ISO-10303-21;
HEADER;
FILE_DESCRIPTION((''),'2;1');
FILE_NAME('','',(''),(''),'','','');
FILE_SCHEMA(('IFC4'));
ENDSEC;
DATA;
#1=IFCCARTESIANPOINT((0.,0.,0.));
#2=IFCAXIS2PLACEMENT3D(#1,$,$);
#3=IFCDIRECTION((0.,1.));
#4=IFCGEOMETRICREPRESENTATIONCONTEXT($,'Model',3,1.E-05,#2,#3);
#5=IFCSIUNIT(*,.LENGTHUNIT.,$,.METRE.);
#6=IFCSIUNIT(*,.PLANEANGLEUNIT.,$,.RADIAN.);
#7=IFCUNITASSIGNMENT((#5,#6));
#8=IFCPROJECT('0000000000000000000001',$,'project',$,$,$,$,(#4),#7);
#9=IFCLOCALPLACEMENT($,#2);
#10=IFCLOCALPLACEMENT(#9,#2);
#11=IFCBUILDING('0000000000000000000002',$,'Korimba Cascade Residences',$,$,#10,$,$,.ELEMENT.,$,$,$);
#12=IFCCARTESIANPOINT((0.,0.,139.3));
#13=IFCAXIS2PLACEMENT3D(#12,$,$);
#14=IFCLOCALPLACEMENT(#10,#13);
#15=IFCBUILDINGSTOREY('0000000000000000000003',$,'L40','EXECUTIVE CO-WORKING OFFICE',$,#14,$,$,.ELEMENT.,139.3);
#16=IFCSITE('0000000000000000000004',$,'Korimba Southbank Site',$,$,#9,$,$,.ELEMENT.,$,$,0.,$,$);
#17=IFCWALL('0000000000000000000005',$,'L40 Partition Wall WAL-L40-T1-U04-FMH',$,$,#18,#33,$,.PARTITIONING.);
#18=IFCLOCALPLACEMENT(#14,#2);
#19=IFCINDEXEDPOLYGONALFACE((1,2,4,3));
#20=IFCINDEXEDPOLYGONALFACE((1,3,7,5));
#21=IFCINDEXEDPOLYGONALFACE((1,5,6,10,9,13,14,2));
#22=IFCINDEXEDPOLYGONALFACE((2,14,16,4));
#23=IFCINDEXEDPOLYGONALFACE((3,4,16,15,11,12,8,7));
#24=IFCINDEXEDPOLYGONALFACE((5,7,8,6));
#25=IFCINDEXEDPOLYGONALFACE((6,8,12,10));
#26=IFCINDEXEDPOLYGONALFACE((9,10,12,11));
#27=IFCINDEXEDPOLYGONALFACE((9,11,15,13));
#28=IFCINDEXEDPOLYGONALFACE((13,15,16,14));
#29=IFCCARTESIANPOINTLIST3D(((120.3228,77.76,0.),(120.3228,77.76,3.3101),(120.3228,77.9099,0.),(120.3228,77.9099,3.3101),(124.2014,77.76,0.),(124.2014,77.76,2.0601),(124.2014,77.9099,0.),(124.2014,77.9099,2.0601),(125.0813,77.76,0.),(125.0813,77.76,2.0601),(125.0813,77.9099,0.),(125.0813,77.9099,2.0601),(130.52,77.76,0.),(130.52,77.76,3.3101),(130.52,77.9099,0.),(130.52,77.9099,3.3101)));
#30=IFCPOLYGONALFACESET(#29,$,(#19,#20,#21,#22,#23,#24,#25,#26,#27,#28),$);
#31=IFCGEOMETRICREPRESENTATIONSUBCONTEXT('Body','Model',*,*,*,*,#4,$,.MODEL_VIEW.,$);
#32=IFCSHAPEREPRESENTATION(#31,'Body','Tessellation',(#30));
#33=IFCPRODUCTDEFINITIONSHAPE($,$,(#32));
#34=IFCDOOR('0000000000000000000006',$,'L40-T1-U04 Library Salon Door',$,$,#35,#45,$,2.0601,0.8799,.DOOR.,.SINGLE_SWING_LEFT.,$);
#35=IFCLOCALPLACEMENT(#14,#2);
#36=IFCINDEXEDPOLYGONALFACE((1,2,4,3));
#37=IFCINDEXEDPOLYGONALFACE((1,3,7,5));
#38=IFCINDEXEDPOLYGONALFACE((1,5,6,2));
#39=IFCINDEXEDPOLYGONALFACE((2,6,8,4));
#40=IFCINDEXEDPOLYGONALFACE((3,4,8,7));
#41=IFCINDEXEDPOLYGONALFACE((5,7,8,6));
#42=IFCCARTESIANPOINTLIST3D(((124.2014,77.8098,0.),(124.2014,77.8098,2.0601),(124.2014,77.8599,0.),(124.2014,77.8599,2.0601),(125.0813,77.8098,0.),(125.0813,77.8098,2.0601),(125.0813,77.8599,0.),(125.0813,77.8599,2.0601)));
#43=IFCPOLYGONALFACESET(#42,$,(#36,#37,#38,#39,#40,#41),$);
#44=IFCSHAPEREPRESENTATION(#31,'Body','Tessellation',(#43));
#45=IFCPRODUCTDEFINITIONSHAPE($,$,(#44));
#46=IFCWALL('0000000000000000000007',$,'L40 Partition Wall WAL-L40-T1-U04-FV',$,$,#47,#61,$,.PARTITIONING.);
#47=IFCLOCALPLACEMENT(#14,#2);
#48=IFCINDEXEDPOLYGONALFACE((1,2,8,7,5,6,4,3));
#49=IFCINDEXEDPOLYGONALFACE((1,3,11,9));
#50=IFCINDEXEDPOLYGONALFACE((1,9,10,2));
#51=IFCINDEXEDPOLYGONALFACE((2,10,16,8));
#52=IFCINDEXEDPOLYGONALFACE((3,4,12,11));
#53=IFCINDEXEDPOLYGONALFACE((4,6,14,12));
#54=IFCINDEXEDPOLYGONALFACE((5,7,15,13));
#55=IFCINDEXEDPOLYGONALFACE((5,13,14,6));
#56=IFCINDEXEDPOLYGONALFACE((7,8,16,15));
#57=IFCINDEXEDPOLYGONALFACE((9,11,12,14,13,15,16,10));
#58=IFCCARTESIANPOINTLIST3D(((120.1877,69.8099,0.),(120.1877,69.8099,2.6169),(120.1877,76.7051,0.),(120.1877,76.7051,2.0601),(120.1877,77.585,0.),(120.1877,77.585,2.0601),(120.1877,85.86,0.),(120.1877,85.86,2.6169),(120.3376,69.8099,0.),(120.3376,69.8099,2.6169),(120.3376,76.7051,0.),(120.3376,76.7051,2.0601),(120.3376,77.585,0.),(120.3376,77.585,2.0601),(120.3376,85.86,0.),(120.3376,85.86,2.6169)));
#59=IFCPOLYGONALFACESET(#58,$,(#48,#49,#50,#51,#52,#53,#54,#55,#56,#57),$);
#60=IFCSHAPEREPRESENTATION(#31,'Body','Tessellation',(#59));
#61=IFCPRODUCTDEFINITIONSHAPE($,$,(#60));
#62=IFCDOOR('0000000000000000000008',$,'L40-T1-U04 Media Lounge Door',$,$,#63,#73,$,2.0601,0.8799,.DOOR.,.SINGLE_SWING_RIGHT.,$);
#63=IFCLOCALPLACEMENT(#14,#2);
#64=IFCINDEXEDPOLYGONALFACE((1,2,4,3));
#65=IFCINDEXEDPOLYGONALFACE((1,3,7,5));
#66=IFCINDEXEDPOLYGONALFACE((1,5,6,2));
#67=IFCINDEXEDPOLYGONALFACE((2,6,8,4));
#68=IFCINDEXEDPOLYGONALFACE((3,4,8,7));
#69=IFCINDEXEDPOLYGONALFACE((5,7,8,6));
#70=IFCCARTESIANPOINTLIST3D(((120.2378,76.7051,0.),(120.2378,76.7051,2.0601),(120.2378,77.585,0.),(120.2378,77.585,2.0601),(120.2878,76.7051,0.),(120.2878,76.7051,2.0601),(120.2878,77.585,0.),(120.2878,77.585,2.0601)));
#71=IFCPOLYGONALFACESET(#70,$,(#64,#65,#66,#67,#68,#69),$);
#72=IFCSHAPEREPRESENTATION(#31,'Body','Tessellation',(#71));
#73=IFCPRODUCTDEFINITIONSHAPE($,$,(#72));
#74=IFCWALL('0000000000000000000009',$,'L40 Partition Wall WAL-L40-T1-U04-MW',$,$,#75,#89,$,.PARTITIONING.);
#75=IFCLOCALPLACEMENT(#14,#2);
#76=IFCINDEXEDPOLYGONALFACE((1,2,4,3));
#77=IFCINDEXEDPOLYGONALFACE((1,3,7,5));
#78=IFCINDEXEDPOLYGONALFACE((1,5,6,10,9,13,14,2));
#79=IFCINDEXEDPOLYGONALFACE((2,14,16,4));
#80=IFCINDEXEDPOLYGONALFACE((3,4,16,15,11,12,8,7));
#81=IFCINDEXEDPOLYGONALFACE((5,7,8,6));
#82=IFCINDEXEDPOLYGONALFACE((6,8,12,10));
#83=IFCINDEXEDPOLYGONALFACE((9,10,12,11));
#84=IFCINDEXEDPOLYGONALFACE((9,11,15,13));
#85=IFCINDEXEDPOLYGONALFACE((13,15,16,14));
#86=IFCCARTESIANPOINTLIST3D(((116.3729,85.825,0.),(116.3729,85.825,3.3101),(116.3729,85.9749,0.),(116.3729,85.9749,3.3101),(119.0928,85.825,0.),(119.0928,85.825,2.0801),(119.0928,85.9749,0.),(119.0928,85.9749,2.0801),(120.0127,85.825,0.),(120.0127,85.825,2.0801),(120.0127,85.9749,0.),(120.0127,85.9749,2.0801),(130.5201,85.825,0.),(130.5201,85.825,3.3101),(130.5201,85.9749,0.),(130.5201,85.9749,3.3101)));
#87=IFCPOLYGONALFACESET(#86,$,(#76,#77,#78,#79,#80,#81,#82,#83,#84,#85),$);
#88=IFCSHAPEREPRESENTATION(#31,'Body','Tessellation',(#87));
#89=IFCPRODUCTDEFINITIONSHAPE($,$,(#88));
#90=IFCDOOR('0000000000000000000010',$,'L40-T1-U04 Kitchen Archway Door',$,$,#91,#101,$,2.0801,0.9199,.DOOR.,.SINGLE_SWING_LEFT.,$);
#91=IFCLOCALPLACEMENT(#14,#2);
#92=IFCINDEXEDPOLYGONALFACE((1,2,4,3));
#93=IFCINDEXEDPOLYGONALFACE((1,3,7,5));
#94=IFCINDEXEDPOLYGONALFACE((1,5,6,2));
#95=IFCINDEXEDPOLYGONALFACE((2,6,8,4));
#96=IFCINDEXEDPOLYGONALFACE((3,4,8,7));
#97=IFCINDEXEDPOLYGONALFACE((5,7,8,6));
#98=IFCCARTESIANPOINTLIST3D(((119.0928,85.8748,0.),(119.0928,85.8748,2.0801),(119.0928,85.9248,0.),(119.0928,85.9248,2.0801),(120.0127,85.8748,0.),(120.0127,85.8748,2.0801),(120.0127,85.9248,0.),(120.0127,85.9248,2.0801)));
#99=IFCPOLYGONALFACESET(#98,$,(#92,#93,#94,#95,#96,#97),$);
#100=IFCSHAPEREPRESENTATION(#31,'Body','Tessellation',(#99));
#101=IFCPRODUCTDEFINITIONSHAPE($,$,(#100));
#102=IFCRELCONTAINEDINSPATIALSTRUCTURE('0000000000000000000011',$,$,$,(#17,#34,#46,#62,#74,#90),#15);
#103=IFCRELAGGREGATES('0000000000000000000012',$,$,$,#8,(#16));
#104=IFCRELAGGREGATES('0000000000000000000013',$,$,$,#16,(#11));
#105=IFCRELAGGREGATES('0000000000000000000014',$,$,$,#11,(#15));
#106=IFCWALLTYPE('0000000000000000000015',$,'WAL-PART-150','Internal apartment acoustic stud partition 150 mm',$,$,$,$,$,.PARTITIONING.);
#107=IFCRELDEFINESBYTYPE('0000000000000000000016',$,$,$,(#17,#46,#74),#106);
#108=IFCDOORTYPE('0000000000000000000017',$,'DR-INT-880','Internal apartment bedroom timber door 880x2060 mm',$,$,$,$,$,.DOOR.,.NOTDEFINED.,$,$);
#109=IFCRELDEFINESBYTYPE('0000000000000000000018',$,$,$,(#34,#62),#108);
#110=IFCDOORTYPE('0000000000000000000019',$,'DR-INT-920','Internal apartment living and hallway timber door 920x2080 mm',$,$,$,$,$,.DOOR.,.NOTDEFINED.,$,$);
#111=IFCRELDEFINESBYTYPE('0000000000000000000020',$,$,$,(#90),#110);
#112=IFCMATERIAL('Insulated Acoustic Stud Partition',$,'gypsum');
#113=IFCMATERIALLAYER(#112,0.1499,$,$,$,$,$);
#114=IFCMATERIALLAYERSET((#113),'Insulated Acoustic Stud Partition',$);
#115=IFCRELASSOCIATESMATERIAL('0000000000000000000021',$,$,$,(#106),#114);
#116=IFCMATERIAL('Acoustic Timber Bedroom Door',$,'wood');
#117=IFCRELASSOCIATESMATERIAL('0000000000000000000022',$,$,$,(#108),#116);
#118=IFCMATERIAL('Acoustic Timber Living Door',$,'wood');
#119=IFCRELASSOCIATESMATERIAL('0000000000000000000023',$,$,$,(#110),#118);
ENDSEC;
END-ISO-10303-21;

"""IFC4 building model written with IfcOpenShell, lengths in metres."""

from ifc_helpers import new_model, si_unit, direction, frame, frame_2d, origin, place, context, subcontext, project, spatial, rectangle, extrude, material, layer, layer_set, type_object, element, fill, save


model = new_model("IFC4")

# Units and contexts
model_context = context("Model", 3, precision=1e-05, world=origin(), true_north=direction((0.0, 1.0)))
body_context = subcontext(model_context, "Body", "Model", "MODEL_VIEW")
ifc_project = project(units=[si_unit("LENGTHUNIT", "METRE"), si_unit("PLANEANGLEUNIT", "RADIAN")], contexts=[model_context])

# Site, building, storey
site_placement = place(None, origin())
site = spatial("IfcSite", under=ifc_project, at=site_placement, Name="Korimba Southbank Site", CompositionType="ELEMENT", RefElevation=0.0)
building_placement = place(site_placement, origin())
building = spatial("IfcBuilding", under=site, at=building_placement, Name="Korimba Cascade Residences", CompositionType="ELEMENT")
storey_placement = place(building_placement, frame((0.0, 0.0, 139.3)))
storey = spatial("IfcBuildingStorey", under=building, at=storey_placement, Name="L40", Description="EXECUTIVE CO-WORKING OFFICE", CompositionType="ELEMENT", Elevation=139.3)

# Shared definitions
ifc_material_1 = material(Name="Insulated Acoustic Stud Partition", Category="gypsum")
ifc_layer_1 = layer(ifc_material_1, 0.1499)
ifc_layer_set_1 = layer_set([ifc_layer_1], Name="Insulated Acoustic Stud Partition")
wall_type_1 = type_object("IfcWallType", Name="WAL-PART-150", Description="Internal apartment acoustic stud partition 150 mm", PredefinedType="PARTITIONING", material=ifc_layer_set_1)

# Walls, openings, doors
wall_1_placement = place(storey_placement, frame((120.3228, 77.835, 0.0), z_axis=(0.0, 0.0, 1.0), x_axis=(1.0, 0.0, 0.0)))
wall_1 = element("IfcWall", 1, at=wall_1_placement, inside=storey, type_object=wall_type_1, Name="L40 Partition Wall WAL-L40-T1-U04-FMH", PredefinedType="PARTITIONING", context=body_context, shape_type="SweptSolid", body=[
    extrude(rectangle(XDim=10.1973, YDim=0.1499, at=frame_2d((5.0986, 0.0))), origin(), (0.0, 0.0, 1.0), 3.3101),
])
opening_1_placement = place(wall_1_placement, frame((3.8787, 0.0, 0.0)))
opening_1 = element("IfcOpeningElement", 2, at=opening_1_placement, cuts=wall_1, PredefinedType="OPENING", context=body_context, shape_type="SweptSolid", body=[
    extrude(rectangle(XDim=0.8799, YDim=2.0601, at=frame_2d((0.4399, 1.03))), frame((0.0, 0.085, 0.0), z_axis=(0.0, -1.0, 0.0), x_axis=(1.0, 0.0, 0.0)), (0.0, 0.0, 1.0), 0.1699),
])
ifc_material_2 = material(Name="Acoustic Timber Bedroom Door", Category="wood")
door_type_1 = type_object("IfcDoorType", Name="DR-INT-880", Description="Internal apartment bedroom timber door 880x2060 mm", OperationType="NOTDEFINED", PredefinedType="DOOR", material=ifc_material_2)
door_1_placement = place(opening_1_placement, origin())
door_1 = element("IfcDoor", 3, at=door_1_placement, inside=storey, type_object=door_type_1, Name="L40-T1-U04 Library Salon Door", OperationType="SINGLE_SWING_LEFT", OverallHeight=2.0601, OverallWidth=0.8799, PredefinedType="DOOR", context=body_context, shape_type="SweptSolid", body=[
    extrude(rectangle(XDim=0.8799, YDim=2.0601, at=frame_2d((0.4399, 1.03))), frame((0.0, 0.0249, 0.0), z_axis=(0.0, -1.0, 0.0), x_axis=(1.0, 0.0, 0.0)), (0.0, 0.0, 1.0), 0.05),
])
fill(opening_1, door_1)
wall_2_placement = place(storey_placement, frame((120.2627, 69.8101, 0.0), z_axis=(0.0, 0.0, 1.0), x_axis=(0.0, 1.0, 0.0)))
wall_2 = element("IfcWall", 4, at=wall_2_placement, inside=storey, type_object=wall_type_1, Name="L40 Partition Wall WAL-L40-T1-U04-FV", PredefinedType="PARTITIONING", context=body_context, shape_type="SweptSolid", body=[
    extrude(rectangle(XDim=16.05, YDim=0.1499, at=frame_2d((8.0249, 0.0))), origin(), (0.0, 0.0, 1.0), 2.6169),
])
opening_2_placement = place(wall_2_placement, frame((6.895, 0.0, 0.0)))
opening_2 = element("IfcOpeningElement", 5, at=opening_2_placement, cuts=wall_2, PredefinedType="OPENING", context=body_context, shape_type="SweptSolid", body=[
    extrude(rectangle(XDim=0.8799, YDim=2.0601, at=frame_2d((0.4399, 1.03))), frame((0.0, 0.085, 0.0), z_axis=(0.0, -1.0, 0.0), x_axis=(1.0, 0.0, 0.0)), (0.0, 0.0, 1.0), 0.1699),
])
door_2_placement = place(opening_2_placement, origin())
door_2 = element("IfcDoor", 6, at=door_2_placement, inside=storey, type_object=door_type_1, Name="L40-T1-U04 Media Lounge Door", OperationType="SINGLE_SWING_RIGHT", OverallHeight=2.0601, OverallWidth=0.8799, PredefinedType="DOOR", context=body_context, shape_type="SweptSolid", body=[
    extrude(rectangle(XDim=0.8799, YDim=2.0601, at=frame_2d((0.4399, 1.03))), frame((0.0, 0.0249, 0.0), z_axis=(0.0, -1.0, 0.0), x_axis=(1.0, 0.0, 0.0)), (0.0, 0.0, 1.0), 0.05),
])
fill(opening_2, door_2)
wall_3_placement = place(storey_placement, frame((116.3728, 85.8999, 0.0), z_axis=(0.0, 0.0, 1.0), x_axis=(1.0, 0.0, 0.0)))
wall_3 = element("IfcWall", 7, at=wall_3_placement, inside=storey, type_object=wall_type_1, Name="L40 Partition Wall WAL-L40-T1-U04-MW", PredefinedType="PARTITIONING", context=body_context, shape_type="SweptSolid", body=[
    extrude(rectangle(XDim=14.1472, YDim=0.1499, at=frame_2d((7.0737, 0.0))), origin(), (0.0, 0.0, 1.0), 3.3101),
])
opening_3_placement = place(wall_3_placement, frame((2.72, 0.0, 0.0)))
opening_3 = element("IfcOpeningElement", 8, at=opening_3_placement, cuts=wall_3, PredefinedType="OPENING", context=body_context, shape_type="SweptSolid", body=[
    extrude(rectangle(XDim=0.9199, YDim=2.0801, at=frame_2d((0.46, 1.04))), frame((0.0, 0.085, 0.0), z_axis=(0.0, -1.0, 0.0), x_axis=(1.0, 0.0, 0.0)), (0.0, 0.0, 1.0), 0.1699),
])
ifc_material_3 = material(Name="Acoustic Timber Living Door", Category="wood")
door_type_2 = type_object("IfcDoorType", Name="DR-INT-920", Description="Internal apartment living and hallway timber door 920x2080 mm", OperationType="NOTDEFINED", PredefinedType="DOOR", material=ifc_material_3)
door_3_placement = place(opening_3_placement, origin())
door_3 = element("IfcDoor", 9, at=door_3_placement, inside=storey, type_object=door_type_2, Name="L40-T1-U04 Kitchen Archway Door", OperationType="SINGLE_SWING_LEFT", OverallHeight=2.0801, OverallWidth=0.9199, PredefinedType="DOOR", context=body_context, shape_type="SweptSolid", body=[
    extrude(rectangle(XDim=0.9199, YDim=2.0801, at=frame_2d((0.46, 1.04))), frame((0.0, 0.0249, 0.0), z_axis=(0.0, -1.0, 0.0), x_axis=(1.0, 0.0, 0.0)), (0.0, 0.0, 1.0), 0.05),
])
fill(opening_3, door_3)

save(model, "model.ifc")
